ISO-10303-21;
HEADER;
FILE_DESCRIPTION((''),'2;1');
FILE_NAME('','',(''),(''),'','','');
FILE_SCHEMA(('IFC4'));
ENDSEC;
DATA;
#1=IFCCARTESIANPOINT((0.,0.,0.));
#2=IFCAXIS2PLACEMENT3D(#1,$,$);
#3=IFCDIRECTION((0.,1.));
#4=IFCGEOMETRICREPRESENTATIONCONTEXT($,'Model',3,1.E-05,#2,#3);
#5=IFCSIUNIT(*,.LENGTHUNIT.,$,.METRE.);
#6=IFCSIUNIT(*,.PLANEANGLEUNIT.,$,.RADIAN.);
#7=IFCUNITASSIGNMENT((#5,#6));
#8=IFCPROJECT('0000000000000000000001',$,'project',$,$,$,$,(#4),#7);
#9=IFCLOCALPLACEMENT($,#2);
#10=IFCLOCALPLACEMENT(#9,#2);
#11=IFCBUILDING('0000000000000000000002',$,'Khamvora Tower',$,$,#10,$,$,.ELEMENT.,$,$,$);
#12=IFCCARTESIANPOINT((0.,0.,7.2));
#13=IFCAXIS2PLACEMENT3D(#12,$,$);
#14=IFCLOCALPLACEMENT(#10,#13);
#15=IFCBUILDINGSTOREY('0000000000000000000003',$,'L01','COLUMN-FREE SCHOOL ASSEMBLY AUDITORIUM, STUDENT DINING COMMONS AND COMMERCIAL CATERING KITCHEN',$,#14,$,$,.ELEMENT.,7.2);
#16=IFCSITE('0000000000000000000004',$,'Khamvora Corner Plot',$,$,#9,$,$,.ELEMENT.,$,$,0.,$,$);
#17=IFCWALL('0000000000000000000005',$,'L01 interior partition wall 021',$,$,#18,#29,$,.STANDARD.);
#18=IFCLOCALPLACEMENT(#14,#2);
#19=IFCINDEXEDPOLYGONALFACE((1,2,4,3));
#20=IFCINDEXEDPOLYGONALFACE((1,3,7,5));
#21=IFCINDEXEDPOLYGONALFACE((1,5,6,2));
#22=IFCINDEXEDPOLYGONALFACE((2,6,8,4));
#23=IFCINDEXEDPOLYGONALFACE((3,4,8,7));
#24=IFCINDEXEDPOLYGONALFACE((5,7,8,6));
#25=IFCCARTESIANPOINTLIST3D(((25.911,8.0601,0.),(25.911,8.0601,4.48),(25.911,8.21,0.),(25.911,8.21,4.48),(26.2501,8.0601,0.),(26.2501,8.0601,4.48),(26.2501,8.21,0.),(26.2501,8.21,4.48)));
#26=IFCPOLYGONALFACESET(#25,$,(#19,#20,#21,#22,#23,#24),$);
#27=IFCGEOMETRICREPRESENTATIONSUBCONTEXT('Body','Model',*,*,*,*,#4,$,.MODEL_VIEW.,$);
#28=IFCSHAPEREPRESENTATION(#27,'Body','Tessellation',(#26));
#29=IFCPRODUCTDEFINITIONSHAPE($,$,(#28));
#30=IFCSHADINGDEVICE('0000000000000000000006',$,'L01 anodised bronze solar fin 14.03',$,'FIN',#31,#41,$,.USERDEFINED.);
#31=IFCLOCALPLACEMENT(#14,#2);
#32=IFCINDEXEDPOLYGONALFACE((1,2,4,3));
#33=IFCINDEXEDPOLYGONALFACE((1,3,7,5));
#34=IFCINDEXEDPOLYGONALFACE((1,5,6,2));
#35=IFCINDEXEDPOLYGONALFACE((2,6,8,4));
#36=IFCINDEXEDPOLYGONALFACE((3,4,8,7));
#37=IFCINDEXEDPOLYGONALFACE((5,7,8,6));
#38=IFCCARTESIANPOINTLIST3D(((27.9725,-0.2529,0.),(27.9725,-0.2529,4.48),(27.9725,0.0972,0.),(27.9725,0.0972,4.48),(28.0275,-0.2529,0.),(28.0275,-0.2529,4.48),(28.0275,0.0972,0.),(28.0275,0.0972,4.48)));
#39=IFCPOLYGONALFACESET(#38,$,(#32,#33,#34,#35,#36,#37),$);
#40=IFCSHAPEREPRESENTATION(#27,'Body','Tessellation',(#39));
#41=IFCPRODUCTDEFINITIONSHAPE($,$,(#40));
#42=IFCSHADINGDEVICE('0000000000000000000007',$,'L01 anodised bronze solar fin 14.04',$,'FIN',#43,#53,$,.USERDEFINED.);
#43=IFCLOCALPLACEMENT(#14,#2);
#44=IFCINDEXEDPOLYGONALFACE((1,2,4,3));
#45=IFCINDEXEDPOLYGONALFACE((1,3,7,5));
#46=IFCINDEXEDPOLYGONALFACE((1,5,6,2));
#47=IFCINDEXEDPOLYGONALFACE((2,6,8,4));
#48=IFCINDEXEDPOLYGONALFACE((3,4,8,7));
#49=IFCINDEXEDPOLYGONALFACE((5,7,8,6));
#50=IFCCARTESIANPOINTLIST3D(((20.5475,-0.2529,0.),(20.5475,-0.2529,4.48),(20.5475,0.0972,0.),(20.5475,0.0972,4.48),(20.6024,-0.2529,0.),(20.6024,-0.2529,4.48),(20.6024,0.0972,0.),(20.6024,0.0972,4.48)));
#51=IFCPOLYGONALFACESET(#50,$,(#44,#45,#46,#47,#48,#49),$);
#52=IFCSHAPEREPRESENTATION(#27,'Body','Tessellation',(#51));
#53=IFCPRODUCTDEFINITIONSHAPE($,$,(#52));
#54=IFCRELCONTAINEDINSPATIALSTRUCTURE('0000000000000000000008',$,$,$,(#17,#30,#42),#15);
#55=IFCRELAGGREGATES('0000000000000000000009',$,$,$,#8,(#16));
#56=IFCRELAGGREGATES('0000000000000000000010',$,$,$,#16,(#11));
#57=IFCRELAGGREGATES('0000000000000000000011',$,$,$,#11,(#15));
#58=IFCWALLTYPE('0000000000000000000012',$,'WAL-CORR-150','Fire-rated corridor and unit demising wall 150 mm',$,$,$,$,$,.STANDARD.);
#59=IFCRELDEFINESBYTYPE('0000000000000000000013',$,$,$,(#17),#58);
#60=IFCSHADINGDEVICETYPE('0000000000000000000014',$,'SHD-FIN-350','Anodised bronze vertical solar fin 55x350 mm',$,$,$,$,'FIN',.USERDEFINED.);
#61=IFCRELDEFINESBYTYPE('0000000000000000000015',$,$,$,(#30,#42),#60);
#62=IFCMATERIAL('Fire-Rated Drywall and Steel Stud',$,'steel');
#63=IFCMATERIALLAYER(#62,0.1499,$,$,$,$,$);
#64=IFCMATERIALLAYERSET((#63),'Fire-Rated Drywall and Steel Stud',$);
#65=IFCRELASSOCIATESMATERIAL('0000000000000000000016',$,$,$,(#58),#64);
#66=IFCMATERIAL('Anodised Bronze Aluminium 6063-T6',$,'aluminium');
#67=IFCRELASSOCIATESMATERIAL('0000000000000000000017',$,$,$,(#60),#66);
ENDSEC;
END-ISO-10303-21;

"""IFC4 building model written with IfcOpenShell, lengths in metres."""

from ifc_helpers import new_model, si_unit, direction, frame, frame_2d, origin, origin_2d, place, context, subcontext, project, spatial, rectangle, extrude, material, layer, layer_set, type_object, element, save


model = new_model("IFC4")

# Units and contexts
model_context = context("Model", 3, precision=1e-05, world=origin(), true_north=direction((0.0, 1.0)))
body_context = subcontext(model_context, "Body", "Model", "MODEL_VIEW")
ifc_project = project(units=[si_unit("LENGTHUNIT", "METRE"), si_unit("PLANEANGLEUNIT", "RADIAN")], contexts=[model_context])

# Site, building, storey
site_placement = place(None, origin())
site = spatial("IfcSite", under=ifc_project, at=site_placement, Name="Khamvora Corner Plot", CompositionType="ELEMENT", RefElevation=0.0)
building_placement = place(site_placement, origin())
building = spatial("IfcBuilding", under=site, at=building_placement, Name="Khamvora Tower", CompositionType="ELEMENT")
storey_placement = place(building_placement, frame((0.0, 0.0, 7.2)))
storey = spatial("IfcBuildingStorey", under=building, at=storey_placement, Name="L01", Description="COLUMN-FREE SCHOOL ASSEMBLY AUDITORIUM, STUDENT DINING COMMONS AND COMMERCIAL CATERING KITCHEN", CompositionType="ELEMENT", Elevation=7.2)

# Wall
ifc_material_1 = material(Name="Fire-Rated Drywall and Steel Stud", Category="steel")
ifc_layer_1 = layer(ifc_material_1, 0.1499)
ifc_layer_set_1 = layer_set([ifc_layer_1], Name="Fire-Rated Drywall and Steel Stud")
wall_type = type_object("IfcWallType", Name="WAL-CORR-150", Description="Fire-rated corridor and unit demising wall 150 mm", PredefinedType="STANDARD", material=ifc_layer_set_1)
wall_1_placement = place(storey_placement, frame((26.25, 8.135, 0.0), z_axis=(0.0, 0.0, 1.0), x_axis=(-1.0, 0.0, 0.0)))
element("IfcWall", 1, at=wall_1_placement, inside=storey, type_object=wall_type, Name="L01 interior partition wall 021", PredefinedType="STANDARD", context=body_context, shape_type="SweptSolid", body=[
    extrude(rectangle(XDim=0.3391, YDim=0.1499, at=frame_2d((0.1694, 0.0))), origin(), (0.0, 0.0, 1.0), 4.48),
])

# Shading devices
ifc_material_2 = material(Name="Anodised Bronze Aluminium 6063-T6", Category="aluminium")
shading_device_type = type_object("IfcShadingDeviceType", Name="SHD-FIN-350", Description="Anodised bronze vertical solar fin 55x350 mm", ElementType="FIN", PredefinedType="USERDEFINED", material=ifc_material_2)
for number, where, z_axis, x_axis, name in (
    (2, (28.0, -0.0779, 0.0), (0.0, 0.0, 1.0), (-1.0, 0.0, 0.0), "L01 anodised bronze solar fin 14.03"),
    (3, (20.575, -0.0779, 0.0), (0.0, 0.0, 1.0), (-1.0, 0.0, 0.0), "L01 anodised bronze solar fin 14.04"),
):
    element("IfcShadingDevice", number, at=place(storey_placement, frame(where, z_axis=z_axis, x_axis=x_axis)), inside=storey, type_object=shading_device_type, Name=name, ObjectType="FIN", PredefinedType="USERDEFINED", context=body_context, shape_type="SweptSolid", body=[
        extrude(rectangle(XDim=0.0549, YDim=0.3501, at=origin_2d()), origin(), (0.0, 0.0, 1.0), 4.48),
    ])

save(model, "model.ifc")
